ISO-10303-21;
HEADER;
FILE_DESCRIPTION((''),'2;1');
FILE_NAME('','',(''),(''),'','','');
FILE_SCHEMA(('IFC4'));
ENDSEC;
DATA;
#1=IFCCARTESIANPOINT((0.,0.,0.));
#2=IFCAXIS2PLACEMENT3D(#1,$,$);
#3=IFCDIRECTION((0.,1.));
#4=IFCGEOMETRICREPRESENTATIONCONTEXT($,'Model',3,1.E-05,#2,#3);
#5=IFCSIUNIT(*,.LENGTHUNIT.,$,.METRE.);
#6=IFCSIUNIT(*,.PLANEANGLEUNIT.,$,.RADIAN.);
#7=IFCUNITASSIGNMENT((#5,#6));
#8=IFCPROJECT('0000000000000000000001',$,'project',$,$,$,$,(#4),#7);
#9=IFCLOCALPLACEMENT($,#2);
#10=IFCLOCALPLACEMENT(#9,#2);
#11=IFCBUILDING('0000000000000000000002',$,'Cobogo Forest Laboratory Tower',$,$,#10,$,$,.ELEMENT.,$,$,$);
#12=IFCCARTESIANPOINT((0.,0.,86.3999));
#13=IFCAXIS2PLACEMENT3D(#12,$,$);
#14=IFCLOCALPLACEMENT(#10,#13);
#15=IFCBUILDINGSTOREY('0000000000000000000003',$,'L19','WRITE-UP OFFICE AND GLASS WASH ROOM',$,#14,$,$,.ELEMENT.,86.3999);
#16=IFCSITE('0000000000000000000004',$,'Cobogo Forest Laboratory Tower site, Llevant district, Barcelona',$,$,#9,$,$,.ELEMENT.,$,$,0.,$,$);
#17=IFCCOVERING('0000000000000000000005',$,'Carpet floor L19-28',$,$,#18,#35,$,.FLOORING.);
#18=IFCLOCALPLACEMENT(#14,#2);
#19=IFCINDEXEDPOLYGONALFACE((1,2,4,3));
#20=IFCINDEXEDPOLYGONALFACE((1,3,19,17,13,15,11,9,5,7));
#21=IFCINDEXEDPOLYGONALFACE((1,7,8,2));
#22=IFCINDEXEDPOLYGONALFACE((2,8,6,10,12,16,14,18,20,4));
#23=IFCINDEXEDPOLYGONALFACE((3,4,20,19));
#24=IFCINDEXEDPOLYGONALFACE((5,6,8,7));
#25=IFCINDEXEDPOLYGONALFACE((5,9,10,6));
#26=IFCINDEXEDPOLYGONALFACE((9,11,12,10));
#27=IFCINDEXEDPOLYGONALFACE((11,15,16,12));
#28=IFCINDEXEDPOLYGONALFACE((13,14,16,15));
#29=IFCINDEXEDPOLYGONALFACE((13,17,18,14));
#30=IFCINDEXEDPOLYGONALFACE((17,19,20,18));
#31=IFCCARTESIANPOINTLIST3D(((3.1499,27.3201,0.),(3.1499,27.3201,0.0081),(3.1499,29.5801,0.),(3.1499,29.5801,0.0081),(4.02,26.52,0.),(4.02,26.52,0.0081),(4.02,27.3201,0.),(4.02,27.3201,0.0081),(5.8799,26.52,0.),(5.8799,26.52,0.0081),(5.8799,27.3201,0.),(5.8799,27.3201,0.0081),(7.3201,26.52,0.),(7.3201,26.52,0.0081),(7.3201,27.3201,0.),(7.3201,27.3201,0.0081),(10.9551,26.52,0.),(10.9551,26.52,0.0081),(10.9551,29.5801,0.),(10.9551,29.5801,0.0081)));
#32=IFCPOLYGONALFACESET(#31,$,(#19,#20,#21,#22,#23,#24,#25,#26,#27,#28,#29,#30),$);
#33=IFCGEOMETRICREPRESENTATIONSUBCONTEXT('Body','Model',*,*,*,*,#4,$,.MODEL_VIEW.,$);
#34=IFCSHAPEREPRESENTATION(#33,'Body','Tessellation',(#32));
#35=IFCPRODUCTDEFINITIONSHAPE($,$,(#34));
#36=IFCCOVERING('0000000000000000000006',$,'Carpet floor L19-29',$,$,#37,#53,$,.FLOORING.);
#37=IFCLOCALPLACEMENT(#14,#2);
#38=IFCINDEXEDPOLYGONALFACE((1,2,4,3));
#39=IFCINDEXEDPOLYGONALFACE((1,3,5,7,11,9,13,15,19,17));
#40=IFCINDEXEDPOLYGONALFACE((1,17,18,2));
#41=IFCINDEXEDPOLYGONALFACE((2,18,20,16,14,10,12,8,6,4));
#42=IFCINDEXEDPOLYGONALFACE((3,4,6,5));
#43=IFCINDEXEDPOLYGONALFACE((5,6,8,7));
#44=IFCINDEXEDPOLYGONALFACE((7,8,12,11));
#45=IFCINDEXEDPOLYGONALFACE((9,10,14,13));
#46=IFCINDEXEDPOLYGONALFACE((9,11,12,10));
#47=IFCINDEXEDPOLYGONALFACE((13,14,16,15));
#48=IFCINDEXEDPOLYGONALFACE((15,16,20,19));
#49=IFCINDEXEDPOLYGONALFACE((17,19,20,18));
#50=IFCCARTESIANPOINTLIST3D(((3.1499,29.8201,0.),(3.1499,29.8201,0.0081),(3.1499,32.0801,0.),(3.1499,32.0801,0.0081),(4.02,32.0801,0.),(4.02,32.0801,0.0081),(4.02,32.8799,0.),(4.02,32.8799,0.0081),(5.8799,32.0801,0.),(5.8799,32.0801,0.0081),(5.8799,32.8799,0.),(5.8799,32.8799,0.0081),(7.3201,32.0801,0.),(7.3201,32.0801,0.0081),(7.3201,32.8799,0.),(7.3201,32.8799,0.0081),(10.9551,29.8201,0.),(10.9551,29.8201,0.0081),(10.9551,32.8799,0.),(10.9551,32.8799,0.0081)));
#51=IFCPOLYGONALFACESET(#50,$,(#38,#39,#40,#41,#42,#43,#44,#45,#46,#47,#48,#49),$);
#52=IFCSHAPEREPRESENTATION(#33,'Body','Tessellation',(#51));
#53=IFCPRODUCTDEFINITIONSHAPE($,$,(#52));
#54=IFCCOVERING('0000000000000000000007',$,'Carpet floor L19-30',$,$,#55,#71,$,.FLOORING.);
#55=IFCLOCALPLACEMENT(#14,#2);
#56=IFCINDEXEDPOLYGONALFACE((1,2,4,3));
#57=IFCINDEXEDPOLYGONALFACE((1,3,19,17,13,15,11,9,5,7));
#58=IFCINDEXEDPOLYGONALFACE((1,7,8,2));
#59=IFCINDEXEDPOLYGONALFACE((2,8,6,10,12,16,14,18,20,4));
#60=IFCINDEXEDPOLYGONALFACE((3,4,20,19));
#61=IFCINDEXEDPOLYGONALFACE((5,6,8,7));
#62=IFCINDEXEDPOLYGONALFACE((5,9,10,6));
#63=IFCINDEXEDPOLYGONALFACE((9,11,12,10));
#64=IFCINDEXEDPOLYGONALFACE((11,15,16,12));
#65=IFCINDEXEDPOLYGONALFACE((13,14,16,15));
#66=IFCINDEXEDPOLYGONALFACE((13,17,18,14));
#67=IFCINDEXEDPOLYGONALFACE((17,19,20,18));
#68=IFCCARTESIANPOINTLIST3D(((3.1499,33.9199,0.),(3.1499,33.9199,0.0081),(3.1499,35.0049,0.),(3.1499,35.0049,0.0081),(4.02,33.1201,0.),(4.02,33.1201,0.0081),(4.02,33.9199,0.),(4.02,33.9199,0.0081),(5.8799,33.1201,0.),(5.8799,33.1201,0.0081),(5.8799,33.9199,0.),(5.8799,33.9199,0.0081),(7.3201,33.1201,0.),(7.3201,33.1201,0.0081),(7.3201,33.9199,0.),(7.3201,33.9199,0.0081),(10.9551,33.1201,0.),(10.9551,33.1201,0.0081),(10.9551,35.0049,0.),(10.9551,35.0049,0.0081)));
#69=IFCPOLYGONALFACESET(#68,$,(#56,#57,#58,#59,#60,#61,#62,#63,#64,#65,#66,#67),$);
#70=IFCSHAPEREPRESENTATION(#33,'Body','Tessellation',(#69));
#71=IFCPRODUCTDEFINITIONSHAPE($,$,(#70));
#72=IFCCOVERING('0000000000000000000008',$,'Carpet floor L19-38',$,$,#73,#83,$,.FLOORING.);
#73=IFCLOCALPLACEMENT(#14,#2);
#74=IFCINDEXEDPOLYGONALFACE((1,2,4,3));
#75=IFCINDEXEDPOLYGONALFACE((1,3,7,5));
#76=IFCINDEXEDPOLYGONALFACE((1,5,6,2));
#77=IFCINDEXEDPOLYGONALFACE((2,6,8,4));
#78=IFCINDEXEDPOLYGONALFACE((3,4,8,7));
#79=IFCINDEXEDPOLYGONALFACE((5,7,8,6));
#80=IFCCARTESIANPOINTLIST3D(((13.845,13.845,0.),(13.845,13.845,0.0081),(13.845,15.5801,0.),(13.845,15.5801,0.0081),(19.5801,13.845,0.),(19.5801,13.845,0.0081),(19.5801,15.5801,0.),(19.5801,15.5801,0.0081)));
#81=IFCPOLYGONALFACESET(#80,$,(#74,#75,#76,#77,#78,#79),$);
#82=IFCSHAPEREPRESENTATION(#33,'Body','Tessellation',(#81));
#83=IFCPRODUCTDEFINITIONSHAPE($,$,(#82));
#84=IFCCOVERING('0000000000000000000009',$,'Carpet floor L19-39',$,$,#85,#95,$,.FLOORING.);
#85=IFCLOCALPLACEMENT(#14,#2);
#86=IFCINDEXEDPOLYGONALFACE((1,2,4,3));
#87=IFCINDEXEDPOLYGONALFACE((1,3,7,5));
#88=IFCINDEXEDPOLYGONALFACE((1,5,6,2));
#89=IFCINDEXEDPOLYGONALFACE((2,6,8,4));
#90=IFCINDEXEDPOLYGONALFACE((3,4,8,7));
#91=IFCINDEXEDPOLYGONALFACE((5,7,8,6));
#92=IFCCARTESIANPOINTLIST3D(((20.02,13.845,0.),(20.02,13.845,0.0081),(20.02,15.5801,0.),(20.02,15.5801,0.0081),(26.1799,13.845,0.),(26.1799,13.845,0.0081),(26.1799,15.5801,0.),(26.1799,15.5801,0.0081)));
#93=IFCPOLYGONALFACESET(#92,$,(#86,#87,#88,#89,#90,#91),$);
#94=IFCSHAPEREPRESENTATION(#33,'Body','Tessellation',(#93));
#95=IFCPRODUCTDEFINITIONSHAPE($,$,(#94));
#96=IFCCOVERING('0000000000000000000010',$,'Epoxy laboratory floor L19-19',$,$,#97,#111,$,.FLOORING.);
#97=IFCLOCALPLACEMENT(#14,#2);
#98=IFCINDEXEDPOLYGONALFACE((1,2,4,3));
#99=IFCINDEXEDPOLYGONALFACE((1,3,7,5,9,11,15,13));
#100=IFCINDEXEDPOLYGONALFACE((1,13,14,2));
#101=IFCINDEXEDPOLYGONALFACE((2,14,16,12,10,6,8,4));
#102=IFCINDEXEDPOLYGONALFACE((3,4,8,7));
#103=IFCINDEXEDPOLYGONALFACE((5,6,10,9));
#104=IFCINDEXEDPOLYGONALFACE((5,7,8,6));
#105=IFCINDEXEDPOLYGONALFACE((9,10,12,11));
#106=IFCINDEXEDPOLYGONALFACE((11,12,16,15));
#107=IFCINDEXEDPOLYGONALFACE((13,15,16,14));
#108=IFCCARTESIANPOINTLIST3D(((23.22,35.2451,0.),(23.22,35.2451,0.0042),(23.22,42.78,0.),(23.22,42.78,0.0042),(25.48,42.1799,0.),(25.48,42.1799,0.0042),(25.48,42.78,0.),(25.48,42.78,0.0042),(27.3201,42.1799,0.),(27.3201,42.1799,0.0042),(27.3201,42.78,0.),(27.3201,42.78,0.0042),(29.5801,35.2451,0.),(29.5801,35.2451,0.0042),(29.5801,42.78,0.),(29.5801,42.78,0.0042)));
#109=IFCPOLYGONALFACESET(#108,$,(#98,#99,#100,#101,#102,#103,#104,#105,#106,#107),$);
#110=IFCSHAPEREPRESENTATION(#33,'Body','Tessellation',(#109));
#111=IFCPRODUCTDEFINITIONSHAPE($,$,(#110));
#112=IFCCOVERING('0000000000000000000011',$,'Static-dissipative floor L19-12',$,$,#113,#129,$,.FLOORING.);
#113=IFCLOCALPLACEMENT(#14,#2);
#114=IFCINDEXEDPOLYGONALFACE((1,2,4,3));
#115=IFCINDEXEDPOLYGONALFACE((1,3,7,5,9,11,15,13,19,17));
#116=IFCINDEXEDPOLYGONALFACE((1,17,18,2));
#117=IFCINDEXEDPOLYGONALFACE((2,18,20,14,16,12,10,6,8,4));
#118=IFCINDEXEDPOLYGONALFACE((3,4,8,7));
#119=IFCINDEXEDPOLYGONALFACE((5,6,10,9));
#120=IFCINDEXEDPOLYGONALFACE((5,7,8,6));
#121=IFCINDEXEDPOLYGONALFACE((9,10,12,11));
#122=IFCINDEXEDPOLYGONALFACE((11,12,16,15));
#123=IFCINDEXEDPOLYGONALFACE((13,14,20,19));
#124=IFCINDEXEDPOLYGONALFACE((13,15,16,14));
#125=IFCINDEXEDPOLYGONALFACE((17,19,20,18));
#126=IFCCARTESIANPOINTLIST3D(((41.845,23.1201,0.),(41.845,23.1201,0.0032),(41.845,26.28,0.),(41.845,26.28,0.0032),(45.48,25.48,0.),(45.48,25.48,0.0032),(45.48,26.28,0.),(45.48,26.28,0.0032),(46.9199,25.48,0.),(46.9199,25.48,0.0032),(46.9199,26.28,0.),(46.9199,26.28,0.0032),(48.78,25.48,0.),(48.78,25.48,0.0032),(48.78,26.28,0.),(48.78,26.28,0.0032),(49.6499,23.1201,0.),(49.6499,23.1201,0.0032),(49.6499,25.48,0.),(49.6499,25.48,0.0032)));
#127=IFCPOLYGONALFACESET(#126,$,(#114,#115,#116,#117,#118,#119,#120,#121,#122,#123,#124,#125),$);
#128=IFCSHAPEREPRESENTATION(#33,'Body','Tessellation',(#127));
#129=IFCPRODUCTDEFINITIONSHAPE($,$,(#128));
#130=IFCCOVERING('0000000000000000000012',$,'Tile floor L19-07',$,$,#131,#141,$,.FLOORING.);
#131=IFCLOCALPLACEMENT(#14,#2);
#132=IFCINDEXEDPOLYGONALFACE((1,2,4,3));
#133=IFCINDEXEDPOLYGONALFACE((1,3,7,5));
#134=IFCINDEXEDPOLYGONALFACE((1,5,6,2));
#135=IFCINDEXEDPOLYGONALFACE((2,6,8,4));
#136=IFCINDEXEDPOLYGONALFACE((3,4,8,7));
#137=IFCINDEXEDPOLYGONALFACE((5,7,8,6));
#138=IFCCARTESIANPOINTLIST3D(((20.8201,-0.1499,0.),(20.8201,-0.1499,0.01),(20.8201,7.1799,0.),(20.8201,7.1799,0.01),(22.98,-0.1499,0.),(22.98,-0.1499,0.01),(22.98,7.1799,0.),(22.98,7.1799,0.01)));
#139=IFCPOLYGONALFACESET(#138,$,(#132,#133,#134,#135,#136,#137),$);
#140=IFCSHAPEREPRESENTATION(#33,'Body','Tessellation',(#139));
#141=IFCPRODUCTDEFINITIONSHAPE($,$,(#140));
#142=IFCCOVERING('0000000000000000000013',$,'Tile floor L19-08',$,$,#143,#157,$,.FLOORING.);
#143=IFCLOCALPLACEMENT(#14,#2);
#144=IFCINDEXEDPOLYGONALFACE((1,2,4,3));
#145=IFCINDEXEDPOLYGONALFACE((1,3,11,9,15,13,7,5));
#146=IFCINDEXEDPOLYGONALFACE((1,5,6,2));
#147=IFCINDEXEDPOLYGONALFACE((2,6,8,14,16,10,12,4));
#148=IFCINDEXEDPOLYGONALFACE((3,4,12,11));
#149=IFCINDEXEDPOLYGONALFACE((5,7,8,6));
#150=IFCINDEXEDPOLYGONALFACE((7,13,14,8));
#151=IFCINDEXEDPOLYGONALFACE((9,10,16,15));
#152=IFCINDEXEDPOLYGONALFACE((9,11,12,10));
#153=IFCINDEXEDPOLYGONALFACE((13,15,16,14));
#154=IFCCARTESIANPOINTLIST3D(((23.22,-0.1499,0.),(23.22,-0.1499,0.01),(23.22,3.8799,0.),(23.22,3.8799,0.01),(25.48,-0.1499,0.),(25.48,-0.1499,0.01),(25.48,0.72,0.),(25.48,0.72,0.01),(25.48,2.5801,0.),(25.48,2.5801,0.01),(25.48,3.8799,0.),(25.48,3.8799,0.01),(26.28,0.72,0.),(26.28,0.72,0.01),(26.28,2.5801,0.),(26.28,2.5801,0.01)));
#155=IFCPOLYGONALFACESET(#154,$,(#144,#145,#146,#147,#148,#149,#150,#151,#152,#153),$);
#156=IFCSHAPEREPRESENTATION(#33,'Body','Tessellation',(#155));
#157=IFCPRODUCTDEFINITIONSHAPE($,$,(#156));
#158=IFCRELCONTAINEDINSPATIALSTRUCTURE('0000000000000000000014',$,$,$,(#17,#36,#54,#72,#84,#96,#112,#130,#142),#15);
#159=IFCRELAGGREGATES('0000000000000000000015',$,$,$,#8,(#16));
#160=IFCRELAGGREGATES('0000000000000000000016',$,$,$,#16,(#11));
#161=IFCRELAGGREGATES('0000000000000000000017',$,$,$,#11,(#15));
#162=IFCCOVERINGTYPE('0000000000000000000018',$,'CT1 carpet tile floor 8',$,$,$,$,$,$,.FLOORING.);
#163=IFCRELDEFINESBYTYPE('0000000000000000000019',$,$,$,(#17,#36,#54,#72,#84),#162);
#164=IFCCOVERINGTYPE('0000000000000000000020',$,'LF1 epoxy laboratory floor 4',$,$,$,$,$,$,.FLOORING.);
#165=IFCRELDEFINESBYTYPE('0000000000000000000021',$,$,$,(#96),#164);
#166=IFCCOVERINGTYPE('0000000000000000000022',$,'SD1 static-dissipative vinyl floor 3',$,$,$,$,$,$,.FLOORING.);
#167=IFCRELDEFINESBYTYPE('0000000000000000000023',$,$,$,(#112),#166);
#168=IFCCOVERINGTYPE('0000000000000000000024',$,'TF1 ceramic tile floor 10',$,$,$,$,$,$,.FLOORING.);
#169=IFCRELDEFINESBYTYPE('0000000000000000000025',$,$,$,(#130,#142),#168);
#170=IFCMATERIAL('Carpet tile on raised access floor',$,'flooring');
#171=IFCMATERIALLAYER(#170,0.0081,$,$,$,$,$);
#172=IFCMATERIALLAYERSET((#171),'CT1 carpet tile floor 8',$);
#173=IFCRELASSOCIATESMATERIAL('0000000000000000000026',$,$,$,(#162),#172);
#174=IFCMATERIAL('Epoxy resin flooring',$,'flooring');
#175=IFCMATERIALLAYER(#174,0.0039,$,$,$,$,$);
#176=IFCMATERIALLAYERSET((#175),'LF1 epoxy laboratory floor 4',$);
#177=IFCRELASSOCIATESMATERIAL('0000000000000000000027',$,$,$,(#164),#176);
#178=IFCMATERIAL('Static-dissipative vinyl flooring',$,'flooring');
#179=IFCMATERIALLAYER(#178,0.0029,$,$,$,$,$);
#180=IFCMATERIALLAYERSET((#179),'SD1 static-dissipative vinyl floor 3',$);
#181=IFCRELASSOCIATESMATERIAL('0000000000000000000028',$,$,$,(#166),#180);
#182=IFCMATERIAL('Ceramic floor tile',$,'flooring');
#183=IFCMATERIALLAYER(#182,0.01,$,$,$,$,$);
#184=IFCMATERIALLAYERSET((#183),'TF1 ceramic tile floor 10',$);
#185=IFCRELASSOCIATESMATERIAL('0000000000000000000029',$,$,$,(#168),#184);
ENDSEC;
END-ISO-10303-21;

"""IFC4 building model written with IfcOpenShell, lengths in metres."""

from ifc_helpers import new_model, si_unit, direction, frame, origin, place, context, subcontext, project, spatial, polyline, outline, extrude, material, layer, layer_set, type_object, element, save


model = new_model("IFC4")

# Units and contexts
model_context = context("Model", 3, precision=1e-05, world=origin(), true_north=direction((0.0, 1.0)))
body_context = subcontext(model_context, "Body", "Model", "MODEL_VIEW")
ifc_project = project(units=[si_unit("LENGTHUNIT", "METRE"), si_unit("PLANEANGLEUNIT", "RADIAN")], contexts=[model_context])

# Site, building, storey
site_placement = place(None, origin())
site = spatial("IfcSite", under=ifc_project, at=site_placement, Name="Cobogo Forest Laboratory Tower site, Llevant district, Barcelona", CompositionType="ELEMENT", RefElevation=0.0)
building_placement = place(site_placement, origin())
building = spatial("IfcBuilding", under=site, at=building_placement, Name="Cobogo Forest Laboratory Tower", CompositionType="ELEMENT")
storey_placement = place(building_placement, frame((0.0, 0.0, 86.3999)))
storey = spatial("IfcBuildingStorey", under=building, at=storey_placement, Name="L19", Description="WRITE-UP OFFICE AND GLASS WASH ROOM", CompositionType="ELEMENT", Elevation=86.3999)

# Coverings
ifc_material_1 = material(Name="Carpet tile on raised access floor", Category="flooring")
ifc_layer_1 = layer(ifc_material_1, 0.0081)
ifc_layer_set_1 = layer_set([ifc_layer_1], Name="CT1 carpet tile floor 8")
covering_type_1 = type_object("IfcCoveringType", Name="CT1 carpet tile floor 8", PredefinedType="FLOORING", material=ifc_layer_set_1)
covering_1_placement = place(storey_placement, origin())
element("IfcCovering", 1, at=covering_1_placement, inside=storey, type_object=covering_type_1, Name="Carpet floor L19-28", PredefinedType="FLOORING", context=body_context, shape_type="SweptSolid", body=[
    extrude(outline(polyline([(10.9551, 26.52), (7.3201, 26.52), (7.3201, 27.3201), (5.8799, 27.3201), (5.8799, 26.52), (4.02, 26.52), (4.02, 27.3201), (3.1499, 27.3201), (3.1499, 29.5801), (10.9551, 29.5801), (10.9551, 26.52)])), origin(), (0.0, 0.0, 1.0), 0.0081),
])
covering_2_placement = place(storey_placement, origin())
element("IfcCovering", 2, at=covering_2_placement, inside=storey, type_object=covering_type_1, Name="Carpet floor L19-29", PredefinedType="FLOORING", context=body_context, shape_type="SweptSolid", body=[
    extrude(outline(polyline([(10.9551, 29.8201), (3.1499, 29.8201), (3.1499, 32.0801), (4.02, 32.0801), (4.02, 32.8799), (5.8799, 32.8799), (5.8799, 32.0801), (7.3201, 32.0801), (7.3201, 32.8799), (10.9551, 32.8799), (10.9551, 29.8201)])), origin(), (0.0, 0.0, 1.0), 0.0081),
])
covering_3_placement = place(storey_placement, origin())
element("IfcCovering", 3, at=covering_3_placement, inside=storey, type_object=covering_type_1, Name="Carpet floor L19-30", PredefinedType="FLOORING", context=body_context, shape_type="SweptSolid", body=[
    extrude(outline(polyline([(10.9551, 33.1201), (7.3201, 33.1201), (7.3201, 33.9199), (5.8799, 33.9199), (5.8799, 33.1201), (4.02, 33.1201), (4.02, 33.9199), (3.1499, 33.9199), (3.1499, 35.0049), (10.9551, 35.0049), (10.9551, 33.1201)])), origin(), (0.0, 0.0, 1.0), 0.0081),
])
covering_4_placement = place(storey_placement, origin())
element("IfcCovering", 4, at=covering_4_placement, inside=storey, type_object=covering_type_1, Name="Carpet floor L19-38", PredefinedType="FLOORING", context=body_context, shape_type="SweptSolid", body=[
    extrude(outline(polyline([(19.5801, 13.845), (13.845, 13.845), (13.845, 15.5801), (19.5801, 15.5801), (19.5801, 13.845)])), origin(), (0.0, 0.0, 1.0), 0.0081),
])
covering_5_placement = place(storey_placement, origin())
element("IfcCovering", 5, at=covering_5_placement, inside=storey, type_object=covering_type_1, Name="Carpet floor L19-39", PredefinedType="FLOORING", context=body_context, shape_type="SweptSolid", body=[
    extrude(outline(polyline([(26.1799, 13.845), (20.02, 13.845), (20.02, 15.5801), (26.1799, 15.5801), (26.1799, 13.845)])), origin(), (0.0, 0.0, 1.0), 0.0081),
])
ifc_material_2 = material(Name="Epoxy resin flooring", Category="flooring")
ifc_layer_2 = layer(ifc_material_2, 0.0039)
ifc_layer_set_2 = layer_set([ifc_layer_2], Name="LF1 epoxy laboratory floor 4")
covering_type_2 = type_object("IfcCoveringType", Name="LF1 epoxy laboratory floor 4", PredefinedType="FLOORING", material=ifc_layer_set_2)
covering_6_placement = place(storey_placement, origin())
element("IfcCovering", 6, at=covering_6_placement, inside=storey, type_object=covering_type_2, Name="Epoxy laboratory floor L19-19", PredefinedType="FLOORING", context=body_context, shape_type="SweptSolid", body=[
    extrude(outline(polyline([(23.22, 42.78), (25.48, 42.78), (25.48, 42.1799), (27.3201, 42.1799), (27.3201, 42.78), (29.5801, 42.78), (29.5801, 35.2451), (23.22, 35.2451), (23.22, 42.78)])), origin(), (0.0, 0.0, 1.0), 0.0042),
])
ifc_material_3 = material(Name="Static-dissipative vinyl flooring", Category="flooring")
ifc_layer_3 = layer(ifc_material_3, 0.0029)
ifc_layer_set_3 = layer_set([ifc_layer_3], Name="SD1 static-dissipative vinyl floor 3")
covering_type_3 = type_object("IfcCoveringType", Name="SD1 static-dissipative vinyl floor 3", PredefinedType="FLOORING", material=ifc_layer_set_3)
covering_7_placement = place(storey_placement, origin())
element("IfcCovering", 7, at=covering_7_placement, inside=storey, type_object=covering_type_3, Name="Static-dissipative floor L19-12", PredefinedType="FLOORING", context=body_context, shape_type="SweptSolid", body=[
    extrude(outline(polyline([(41.845, 26.28), (45.48, 26.28), (45.48, 25.48), (46.9199, 25.48), (46.9199, 26.28), (48.78, 26.28), (48.78, 25.48), (49.6499, 25.48), (49.6499, 23.1201), (41.845, 23.1201), (41.845, 26.28)])), origin(), (0.0, 0.0, 1.0), 0.0032),
])
ifc_material_4 = material(Name="Ceramic floor tile", Category="flooring")
ifc_layer_4 = layer(ifc_material_4, 0.01)
ifc_layer_set_4 = layer_set([ifc_layer_4], Name="TF1 ceramic tile floor 10")
covering_type_4 = type_object("IfcCoveringType", Name="TF1 ceramic tile floor 10", PredefinedType="FLOORING", material=ifc_layer_set_4)
covering_8_placement = place(storey_placement, origin())
element("IfcCovering", 8, at=covering_8_placement, inside=storey, type_object=covering_type_4, Name="Tile floor L19-07", PredefinedType="FLOORING", context=body_context, shape_type="SweptSolid", body=[
    extrude(outline(polyline([(20.8201, 7.1799), (22.98, 7.1799), (22.98, -0.1499), (20.8201, -0.1499), (20.8201, 7.1799)])), origin(), (0.0, 0.0, 1.0), 0.01),
])
covering_9_placement = place(storey_placement, origin())
element("IfcCovering", 9, at=covering_9_placement, inside=storey, type_object=covering_type_4, Name="Tile floor L19-08", PredefinedType="FLOORING", context=body_context, shape_type="SweptSolid", body=[
    extrude(outline(polyline([(25.48, 3.8799), (25.48, 2.5801), (26.28, 2.5801), (26.28, 0.72), (25.48, 0.72), (25.48, -0.1499), (23.22, -0.1499), (23.22, 3.8799), (25.48, 3.8799)])), origin(), (0.0, 0.0, 1.0), 0.01),
])

save(model, "model.ifc")
